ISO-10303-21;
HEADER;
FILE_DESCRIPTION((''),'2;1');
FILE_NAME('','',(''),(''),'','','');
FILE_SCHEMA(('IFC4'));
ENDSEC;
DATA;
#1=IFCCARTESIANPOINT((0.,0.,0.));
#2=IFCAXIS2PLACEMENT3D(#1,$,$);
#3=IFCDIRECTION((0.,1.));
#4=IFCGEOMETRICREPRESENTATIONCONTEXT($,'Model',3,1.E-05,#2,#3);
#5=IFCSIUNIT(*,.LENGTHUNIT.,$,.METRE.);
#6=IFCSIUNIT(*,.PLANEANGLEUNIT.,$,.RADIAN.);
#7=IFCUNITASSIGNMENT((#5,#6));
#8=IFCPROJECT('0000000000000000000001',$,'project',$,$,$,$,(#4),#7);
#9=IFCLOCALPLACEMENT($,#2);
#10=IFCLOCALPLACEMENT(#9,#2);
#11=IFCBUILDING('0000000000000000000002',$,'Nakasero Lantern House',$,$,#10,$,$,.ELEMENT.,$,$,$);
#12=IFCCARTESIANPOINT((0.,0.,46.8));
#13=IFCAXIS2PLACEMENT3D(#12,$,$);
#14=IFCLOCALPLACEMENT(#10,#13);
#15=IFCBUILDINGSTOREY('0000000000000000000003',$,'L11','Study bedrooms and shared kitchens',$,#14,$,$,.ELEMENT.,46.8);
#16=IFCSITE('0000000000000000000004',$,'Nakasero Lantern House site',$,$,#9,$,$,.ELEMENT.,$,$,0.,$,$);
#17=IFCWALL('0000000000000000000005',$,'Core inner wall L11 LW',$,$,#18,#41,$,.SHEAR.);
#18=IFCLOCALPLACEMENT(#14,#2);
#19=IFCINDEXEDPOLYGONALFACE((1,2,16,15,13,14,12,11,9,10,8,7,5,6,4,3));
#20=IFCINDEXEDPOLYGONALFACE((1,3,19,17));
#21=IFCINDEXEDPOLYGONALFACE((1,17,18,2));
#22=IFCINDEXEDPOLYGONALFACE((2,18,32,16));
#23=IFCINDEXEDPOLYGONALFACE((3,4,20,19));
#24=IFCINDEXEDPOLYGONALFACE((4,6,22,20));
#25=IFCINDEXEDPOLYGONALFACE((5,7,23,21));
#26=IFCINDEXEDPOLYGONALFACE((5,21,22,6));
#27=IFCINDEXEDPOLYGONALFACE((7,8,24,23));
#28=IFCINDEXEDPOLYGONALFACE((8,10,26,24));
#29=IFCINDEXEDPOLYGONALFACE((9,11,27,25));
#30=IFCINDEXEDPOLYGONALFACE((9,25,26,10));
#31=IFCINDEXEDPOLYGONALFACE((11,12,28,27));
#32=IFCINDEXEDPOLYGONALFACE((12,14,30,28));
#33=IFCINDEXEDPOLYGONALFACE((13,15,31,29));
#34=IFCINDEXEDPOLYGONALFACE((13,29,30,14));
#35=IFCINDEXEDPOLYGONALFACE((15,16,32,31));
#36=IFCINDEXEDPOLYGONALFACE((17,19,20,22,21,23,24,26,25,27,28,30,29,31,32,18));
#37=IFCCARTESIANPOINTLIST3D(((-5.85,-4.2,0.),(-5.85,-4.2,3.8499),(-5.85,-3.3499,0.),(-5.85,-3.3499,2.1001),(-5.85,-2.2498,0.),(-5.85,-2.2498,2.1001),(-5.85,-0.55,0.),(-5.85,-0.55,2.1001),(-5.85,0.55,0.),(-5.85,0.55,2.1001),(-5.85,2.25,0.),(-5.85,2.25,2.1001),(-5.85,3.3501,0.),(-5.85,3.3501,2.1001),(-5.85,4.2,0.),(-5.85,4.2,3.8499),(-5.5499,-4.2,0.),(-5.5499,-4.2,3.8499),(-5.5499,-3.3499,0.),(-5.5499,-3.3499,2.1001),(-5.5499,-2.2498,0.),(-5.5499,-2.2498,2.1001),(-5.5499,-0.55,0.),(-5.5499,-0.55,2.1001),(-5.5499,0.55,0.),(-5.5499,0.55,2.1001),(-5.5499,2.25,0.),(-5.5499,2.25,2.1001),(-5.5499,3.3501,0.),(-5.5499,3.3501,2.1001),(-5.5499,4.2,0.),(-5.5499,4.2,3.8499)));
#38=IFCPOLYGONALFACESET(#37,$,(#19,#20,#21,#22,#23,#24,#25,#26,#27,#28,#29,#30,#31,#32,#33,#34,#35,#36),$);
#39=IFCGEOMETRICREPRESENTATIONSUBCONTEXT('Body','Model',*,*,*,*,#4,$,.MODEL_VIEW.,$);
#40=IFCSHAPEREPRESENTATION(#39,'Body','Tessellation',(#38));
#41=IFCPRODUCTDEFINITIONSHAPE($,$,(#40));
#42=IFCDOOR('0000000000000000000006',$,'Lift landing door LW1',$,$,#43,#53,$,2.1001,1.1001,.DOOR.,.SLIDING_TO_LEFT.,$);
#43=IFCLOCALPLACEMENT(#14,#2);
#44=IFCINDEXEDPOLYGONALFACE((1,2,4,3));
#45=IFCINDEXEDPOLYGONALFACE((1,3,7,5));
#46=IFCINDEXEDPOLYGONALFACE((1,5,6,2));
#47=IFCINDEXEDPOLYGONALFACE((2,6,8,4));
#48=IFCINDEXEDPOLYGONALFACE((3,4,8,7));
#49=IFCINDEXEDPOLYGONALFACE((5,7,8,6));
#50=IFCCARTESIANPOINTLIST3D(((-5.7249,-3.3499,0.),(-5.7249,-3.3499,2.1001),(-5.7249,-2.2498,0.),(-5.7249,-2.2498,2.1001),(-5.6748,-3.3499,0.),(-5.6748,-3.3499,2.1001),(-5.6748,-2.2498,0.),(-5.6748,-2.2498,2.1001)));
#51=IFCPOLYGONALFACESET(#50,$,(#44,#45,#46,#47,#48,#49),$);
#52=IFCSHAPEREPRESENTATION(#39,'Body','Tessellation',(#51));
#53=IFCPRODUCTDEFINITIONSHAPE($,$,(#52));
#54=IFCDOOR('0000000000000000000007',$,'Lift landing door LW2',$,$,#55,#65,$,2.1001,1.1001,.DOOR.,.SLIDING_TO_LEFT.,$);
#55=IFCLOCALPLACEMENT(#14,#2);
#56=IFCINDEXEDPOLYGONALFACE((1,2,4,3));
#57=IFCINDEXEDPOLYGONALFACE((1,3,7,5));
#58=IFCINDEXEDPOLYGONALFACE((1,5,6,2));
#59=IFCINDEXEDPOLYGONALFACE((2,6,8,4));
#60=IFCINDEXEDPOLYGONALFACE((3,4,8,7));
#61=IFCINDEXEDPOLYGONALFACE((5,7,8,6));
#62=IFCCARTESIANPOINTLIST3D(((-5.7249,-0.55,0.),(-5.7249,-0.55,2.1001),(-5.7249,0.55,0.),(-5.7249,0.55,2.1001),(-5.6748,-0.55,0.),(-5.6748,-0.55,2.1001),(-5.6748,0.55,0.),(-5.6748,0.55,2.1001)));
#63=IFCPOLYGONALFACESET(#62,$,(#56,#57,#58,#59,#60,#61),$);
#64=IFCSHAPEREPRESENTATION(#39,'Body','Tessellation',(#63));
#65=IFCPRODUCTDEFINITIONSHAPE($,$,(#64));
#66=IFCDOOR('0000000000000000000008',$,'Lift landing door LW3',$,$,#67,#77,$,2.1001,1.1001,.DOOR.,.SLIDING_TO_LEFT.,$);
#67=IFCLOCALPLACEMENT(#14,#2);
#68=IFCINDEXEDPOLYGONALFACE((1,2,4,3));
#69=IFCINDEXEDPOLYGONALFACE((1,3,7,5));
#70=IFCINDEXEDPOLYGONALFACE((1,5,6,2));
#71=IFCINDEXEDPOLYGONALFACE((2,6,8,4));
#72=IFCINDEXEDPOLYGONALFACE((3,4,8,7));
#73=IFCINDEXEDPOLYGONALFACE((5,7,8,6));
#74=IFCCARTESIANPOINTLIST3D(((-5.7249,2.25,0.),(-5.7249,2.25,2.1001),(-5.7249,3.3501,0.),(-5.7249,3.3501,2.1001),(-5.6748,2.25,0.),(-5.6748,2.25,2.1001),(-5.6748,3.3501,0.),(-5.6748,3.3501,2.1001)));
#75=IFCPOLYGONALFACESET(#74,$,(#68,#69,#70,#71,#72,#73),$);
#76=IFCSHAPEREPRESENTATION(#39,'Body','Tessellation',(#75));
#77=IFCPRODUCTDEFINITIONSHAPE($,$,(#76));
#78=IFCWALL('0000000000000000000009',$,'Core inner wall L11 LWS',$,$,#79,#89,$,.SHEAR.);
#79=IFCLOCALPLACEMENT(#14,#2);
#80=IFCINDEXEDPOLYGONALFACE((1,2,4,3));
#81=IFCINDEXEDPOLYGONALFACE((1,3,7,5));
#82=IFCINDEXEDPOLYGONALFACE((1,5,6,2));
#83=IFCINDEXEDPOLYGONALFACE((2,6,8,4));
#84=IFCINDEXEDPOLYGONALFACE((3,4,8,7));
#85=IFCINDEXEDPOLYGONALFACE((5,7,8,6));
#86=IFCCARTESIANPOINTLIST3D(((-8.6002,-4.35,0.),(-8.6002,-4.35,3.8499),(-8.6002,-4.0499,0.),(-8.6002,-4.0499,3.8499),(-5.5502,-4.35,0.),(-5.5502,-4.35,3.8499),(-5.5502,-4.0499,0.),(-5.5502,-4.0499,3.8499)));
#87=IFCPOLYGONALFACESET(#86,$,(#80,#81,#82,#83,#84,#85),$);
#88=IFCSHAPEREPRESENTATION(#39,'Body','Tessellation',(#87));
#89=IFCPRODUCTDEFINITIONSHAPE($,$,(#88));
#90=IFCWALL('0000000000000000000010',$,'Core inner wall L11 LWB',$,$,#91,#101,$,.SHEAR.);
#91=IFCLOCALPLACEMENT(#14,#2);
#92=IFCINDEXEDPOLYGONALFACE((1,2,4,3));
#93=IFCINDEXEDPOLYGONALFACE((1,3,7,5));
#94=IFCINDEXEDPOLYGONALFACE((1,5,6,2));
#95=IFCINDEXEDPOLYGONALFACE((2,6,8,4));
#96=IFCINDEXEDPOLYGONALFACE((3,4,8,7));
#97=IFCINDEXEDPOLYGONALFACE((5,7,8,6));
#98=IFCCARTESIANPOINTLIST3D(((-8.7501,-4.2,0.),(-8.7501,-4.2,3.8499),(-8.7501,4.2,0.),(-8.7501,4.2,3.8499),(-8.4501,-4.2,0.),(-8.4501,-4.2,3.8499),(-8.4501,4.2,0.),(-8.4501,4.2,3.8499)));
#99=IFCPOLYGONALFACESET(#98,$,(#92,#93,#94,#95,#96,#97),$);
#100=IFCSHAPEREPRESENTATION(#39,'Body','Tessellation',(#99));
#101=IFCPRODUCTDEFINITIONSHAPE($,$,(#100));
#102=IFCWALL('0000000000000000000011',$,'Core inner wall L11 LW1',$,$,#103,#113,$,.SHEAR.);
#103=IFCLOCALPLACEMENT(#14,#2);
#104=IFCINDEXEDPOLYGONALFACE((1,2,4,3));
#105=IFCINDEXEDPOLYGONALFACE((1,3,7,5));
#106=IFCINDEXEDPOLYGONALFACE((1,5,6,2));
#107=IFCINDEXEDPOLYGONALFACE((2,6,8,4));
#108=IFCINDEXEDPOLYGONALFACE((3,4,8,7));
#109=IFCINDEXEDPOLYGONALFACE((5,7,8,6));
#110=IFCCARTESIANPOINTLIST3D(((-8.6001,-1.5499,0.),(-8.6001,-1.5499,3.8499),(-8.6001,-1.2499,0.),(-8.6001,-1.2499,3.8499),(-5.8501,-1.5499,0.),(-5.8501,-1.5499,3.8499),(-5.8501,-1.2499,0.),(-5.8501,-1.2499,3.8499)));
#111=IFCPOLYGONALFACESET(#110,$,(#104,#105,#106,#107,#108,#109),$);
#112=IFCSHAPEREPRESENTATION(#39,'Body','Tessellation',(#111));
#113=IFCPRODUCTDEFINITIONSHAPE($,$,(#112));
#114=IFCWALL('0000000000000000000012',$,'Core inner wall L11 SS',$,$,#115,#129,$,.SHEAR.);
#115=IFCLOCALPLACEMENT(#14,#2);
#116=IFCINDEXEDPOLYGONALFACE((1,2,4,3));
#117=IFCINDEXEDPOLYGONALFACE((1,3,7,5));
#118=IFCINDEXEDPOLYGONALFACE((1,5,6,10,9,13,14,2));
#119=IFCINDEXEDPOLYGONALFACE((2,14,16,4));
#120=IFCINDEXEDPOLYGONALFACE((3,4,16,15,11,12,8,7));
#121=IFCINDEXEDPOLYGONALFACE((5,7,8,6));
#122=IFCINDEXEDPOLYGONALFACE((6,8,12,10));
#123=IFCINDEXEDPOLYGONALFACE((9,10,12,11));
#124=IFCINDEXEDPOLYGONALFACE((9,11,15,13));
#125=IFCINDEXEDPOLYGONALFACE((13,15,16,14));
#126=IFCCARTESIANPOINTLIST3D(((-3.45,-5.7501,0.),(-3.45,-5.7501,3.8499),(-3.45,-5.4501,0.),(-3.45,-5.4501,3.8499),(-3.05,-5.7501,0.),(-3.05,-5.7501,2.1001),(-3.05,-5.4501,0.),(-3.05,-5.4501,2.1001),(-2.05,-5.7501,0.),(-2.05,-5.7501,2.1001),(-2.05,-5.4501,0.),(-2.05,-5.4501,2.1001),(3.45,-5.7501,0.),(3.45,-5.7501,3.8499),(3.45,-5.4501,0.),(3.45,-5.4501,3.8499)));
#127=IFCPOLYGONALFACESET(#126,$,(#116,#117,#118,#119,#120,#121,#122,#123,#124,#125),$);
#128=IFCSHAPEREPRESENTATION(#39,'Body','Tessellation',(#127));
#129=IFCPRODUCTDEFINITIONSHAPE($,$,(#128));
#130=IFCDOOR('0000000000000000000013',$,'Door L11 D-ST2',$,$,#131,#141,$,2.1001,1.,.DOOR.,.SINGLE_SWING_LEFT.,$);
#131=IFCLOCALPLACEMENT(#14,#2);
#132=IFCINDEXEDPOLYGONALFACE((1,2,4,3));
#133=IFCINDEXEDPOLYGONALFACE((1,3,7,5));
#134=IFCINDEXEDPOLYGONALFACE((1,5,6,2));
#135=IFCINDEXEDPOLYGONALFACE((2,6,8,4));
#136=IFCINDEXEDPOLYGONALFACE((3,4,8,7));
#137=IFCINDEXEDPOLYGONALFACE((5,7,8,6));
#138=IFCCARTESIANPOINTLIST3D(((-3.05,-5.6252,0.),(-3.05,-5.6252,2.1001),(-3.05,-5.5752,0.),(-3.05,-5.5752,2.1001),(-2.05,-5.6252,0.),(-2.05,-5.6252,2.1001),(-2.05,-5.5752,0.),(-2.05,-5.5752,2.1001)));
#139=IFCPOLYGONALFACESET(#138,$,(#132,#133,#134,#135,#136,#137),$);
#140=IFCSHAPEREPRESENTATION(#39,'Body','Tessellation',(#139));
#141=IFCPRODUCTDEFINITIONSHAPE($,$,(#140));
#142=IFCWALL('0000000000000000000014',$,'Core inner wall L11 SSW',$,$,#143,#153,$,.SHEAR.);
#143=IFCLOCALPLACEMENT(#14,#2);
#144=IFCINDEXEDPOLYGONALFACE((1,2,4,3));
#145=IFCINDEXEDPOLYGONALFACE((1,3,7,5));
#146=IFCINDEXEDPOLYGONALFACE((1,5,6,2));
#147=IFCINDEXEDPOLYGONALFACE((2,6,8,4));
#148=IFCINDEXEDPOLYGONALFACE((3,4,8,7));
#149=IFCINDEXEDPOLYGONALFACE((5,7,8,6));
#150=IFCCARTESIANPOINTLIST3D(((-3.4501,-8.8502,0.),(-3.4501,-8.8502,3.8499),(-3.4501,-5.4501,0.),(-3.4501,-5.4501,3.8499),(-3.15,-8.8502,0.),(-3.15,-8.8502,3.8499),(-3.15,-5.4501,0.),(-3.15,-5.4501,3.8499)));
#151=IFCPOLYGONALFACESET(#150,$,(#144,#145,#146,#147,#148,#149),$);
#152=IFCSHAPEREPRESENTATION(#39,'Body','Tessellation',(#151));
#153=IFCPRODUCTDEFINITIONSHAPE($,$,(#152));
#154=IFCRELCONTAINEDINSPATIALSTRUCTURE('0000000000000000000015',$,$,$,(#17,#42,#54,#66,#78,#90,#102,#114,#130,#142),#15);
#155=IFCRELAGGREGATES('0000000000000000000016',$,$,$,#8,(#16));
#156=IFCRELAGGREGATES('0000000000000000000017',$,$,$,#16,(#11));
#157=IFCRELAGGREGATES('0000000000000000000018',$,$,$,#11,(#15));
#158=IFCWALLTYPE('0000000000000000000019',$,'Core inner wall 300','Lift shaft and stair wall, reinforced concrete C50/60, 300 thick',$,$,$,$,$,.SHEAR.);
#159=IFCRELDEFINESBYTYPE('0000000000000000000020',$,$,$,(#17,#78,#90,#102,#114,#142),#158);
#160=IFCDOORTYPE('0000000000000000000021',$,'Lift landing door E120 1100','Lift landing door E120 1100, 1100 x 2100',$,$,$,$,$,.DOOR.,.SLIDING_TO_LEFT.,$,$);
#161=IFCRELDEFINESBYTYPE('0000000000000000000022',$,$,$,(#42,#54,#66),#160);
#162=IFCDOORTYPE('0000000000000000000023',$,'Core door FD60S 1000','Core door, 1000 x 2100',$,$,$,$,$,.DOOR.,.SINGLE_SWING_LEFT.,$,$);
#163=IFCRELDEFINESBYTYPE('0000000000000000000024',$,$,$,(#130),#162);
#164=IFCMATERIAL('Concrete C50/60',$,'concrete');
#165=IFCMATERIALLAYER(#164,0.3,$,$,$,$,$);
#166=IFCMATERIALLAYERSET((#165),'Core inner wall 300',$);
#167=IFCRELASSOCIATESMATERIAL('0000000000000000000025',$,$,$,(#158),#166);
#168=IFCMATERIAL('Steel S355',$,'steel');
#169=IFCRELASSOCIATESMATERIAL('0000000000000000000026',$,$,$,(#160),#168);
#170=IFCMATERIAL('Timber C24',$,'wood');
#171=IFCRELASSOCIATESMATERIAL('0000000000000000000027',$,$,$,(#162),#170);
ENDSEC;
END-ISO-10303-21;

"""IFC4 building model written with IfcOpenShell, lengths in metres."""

from ifc_helpers import new_model, si_unit, direction, frame, frame_2d, origin, place, context, subcontext, project, spatial, rectangle, extrude, material, layer, layer_set, type_object, element, fill, save


model = new_model("IFC4")

# Units and contexts
model_context = context("Model", 3, precision=1e-05, world=origin(), true_north=direction((0.0, 1.0)))
body_context = subcontext(model_context, "Body", "Model", "MODEL_VIEW")
ifc_project = project(units=[si_unit("LENGTHUNIT", "METRE"), si_unit("PLANEANGLEUNIT", "RADIAN")], contexts=[model_context])

# Site, building, storey
site_placement = place(None, origin())
site = spatial("IfcSite", under=ifc_project, at=site_placement, Name="Nakasero Lantern House site", CompositionType="ELEMENT", RefElevation=0.0)
building_placement = place(site_placement, origin())
building = spatial("IfcBuilding", under=site, at=building_placement, Name="Nakasero Lantern House", CompositionType="ELEMENT")
storey_placement = place(building_placement, frame((0.0, 0.0, 46.8)))
storey = spatial("IfcBuildingStorey", under=building, at=storey_placement, Name="L11", Description="Study bedrooms and shared kitchens", CompositionType="ELEMENT", Elevation=46.8)

# Wall, openings, doors
ifc_material_1 = material(Name="Concrete C50/60", Category="concrete")
ifc_layer_1 = layer(ifc_material_1, 0.3)
ifc_layer_set_1 = layer_set([ifc_layer_1], Name="Core inner wall 300")
wall_type_1 = type_object("IfcWallType", Name="Core inner wall 300", Description="Lift shaft and stair wall, reinforced concrete C50/60, 300 thick", PredefinedType="SHEAR", material=ifc_layer_set_1)
wall_1_placement = place(storey_placement, frame((-5.7, -4.2, 0.0), z_axis=(0.0, 0.0, 1.0), x_axis=(0.0, 1.0, 0.0)))
wall_1 = element("IfcWall", 1, at=wall_1_placement, inside=storey, type_object=wall_type_1, Name="Core inner wall L11 LW", PredefinedType="SHEAR", context=body_context, shape_type="SweptSolid", body=[
    extrude(rectangle(XDim=8.3999, YDim=0.3, at=frame_2d((4.2, 0.0))), origin(), (0.0, 0.0, 1.0), 3.8499),
])
opening_1_placement = place(wall_1_placement, frame((0.8501, 0.0, 0.0)))
opening_1 = element("IfcOpeningElement", 2, at=opening_1_placement, cuts=wall_1, PredefinedType="OPENING", context=body_context, shape_type="SweptSolid", body=[
    extrude(rectangle(XDim=1.1001, YDim=2.1001, at=frame_2d((0.55, 1.05))), frame((0.0, 0.1699, 0.0), z_axis=(0.0, -1.0, 0.0), x_axis=(1.0, 0.0, 0.0)), (0.0, 0.0, 1.0), 0.3401),
])
opening_2_placement = place(wall_1_placement, frame((3.6499, 0.0, 0.0)))
opening_2 = element("IfcOpeningElement", 3, at=opening_2_placement, cuts=wall_1, PredefinedType="OPENING", context=body_context, shape_type="SweptSolid", body=[
    extrude(rectangle(XDim=1.1001, YDim=2.1001, at=frame_2d((0.55, 1.05))), frame((0.0, 0.1699, 0.0), z_axis=(0.0, -1.0, 0.0), x_axis=(1.0, 0.0, 0.0)), (0.0, 0.0, 1.0), 0.3401),
])
opening_3_placement = place(wall_1_placement, frame((6.45, 0.0, 0.0)))
opening_3 = element("IfcOpeningElement", 4, at=opening_3_placement, cuts=wall_1, PredefinedType="OPENING", context=body_context, shape_type="SweptSolid", body=[
    extrude(rectangle(XDim=1.1001, YDim=2.1001, at=frame_2d((0.55, 1.05))), frame((0.0, 0.1699, 0.0), z_axis=(0.0, -1.0, 0.0), x_axis=(1.0, 0.0, 0.0)), (0.0, 0.0, 1.0), 0.3401),
])
ifc_material_2 = material(Name="Steel S355", Category="steel")
door_type_1 = type_object("IfcDoorType", Name="Lift landing door E120 1100", Description="Lift landing door E120 1100, 1100 x 2100", OperationType="SLIDING_TO_LEFT", PredefinedType="DOOR", material=ifc_material_2)
door_1_placement = place(opening_1_placement, origin())
door_1 = element("IfcDoor", 5, at=door_1_placement, inside=storey, type_object=door_type_1, Name="Lift landing door LW1", OperationType="SLIDING_TO_LEFT", OverallHeight=2.1001, OverallWidth=1.1001, PredefinedType="DOOR", context=body_context, shape_type="SweptSolid", body=[
    extrude(rectangle(XDim=1.1001, YDim=2.1001, at=frame_2d((0.55, 1.05))), frame((0.0, 0.0249, 0.0), z_axis=(0.0, -1.0, 0.0), x_axis=(1.0, 0.0, 0.0)), (0.0, 0.0, 1.0), 0.05),
])
fill(opening_1, door_1)
door_2_placement = place(opening_2_placement, origin())
door_2 = element("IfcDoor", 6, at=door_2_placement, inside=storey, type_object=door_type_1, Name="Lift landing door LW2", OperationType="SLIDING_TO_LEFT", OverallHeight=2.1001, OverallWidth=1.1001, PredefinedType="DOOR", context=body_context, shape_type="SweptSolid", body=[
    extrude(rectangle(XDim=1.1001, YDim=2.1001, at=frame_2d((0.55, 1.05))), frame((0.0, 0.0249, 0.0), z_axis=(0.0, -1.0, 0.0), x_axis=(1.0, 0.0, 0.0)), (0.0, 0.0, 1.0), 0.05),
])
fill(opening_2, door_2)
door_3_placement = place(opening_3_placement, origin())
door_3 = element("IfcDoor", 7, at=door_3_placement, inside=storey, type_object=door_type_1, Name="Lift landing door LW3", OperationType="SLIDING_TO_LEFT", OverallHeight=2.1001, OverallWidth=1.1001, PredefinedType="DOOR", context=body_context, shape_type="SweptSolid", body=[
    extrude(rectangle(XDim=1.1001, YDim=2.1001, at=frame_2d((0.55, 1.05))), frame((0.0, 0.0249, 0.0), z_axis=(0.0, -1.0, 0.0), x_axis=(1.0, 0.0, 0.0)), (0.0, 0.0, 1.0), 0.05),
])
fill(opening_3, door_3)

# Walls
wall_2_placement = place(storey_placement, frame((-8.6001, -4.2, 0.0), z_axis=(0.0, 0.0, 1.0), x_axis=(1.0, 0.0, 0.0)))
element("IfcWall", 8, at=wall_2_placement, inside=storey, type_object=wall_type_1, Name="Core inner wall L11 LWS", PredefinedType="SHEAR", context=body_context, shape_type="SweptSolid", body=[
    extrude(rectangle(XDim=3.05, YDim=0.3, at=frame_2d((1.5249, 0.0))), origin(), (0.0, 0.0, 1.0), 3.8499),
])
wall_3_placement = place(storey_placement, frame((-8.6001, -4.2, 0.0), z_axis=(0.0, 0.0, 1.0), x_axis=(0.0, 1.0, 0.0)))
element("IfcWall", 9, at=wall_3_placement, inside=storey, type_object=wall_type_1, Name="Core inner wall L11 LWB", PredefinedType="SHEAR", context=body_context, shape_type="SweptSolid", body=[
    extrude(rectangle(XDim=8.3999, YDim=0.3, at=frame_2d((4.2, 0.0))), origin(), (0.0, 0.0, 1.0), 3.8499),
])
wall_4_placement = place(storey_placement, frame((-8.6001, -1.3999, 0.0), z_axis=(0.0, 0.0, 1.0), x_axis=(1.0, 0.0, 0.0)))
element("IfcWall", 10, at=wall_4_placement, inside=storey, type_object=wall_type_1, Name="Core inner wall L11 LW1", PredefinedType="SHEAR", context=body_context, shape_type="SweptSolid", body=[
    extrude(rectangle(XDim=2.75, YDim=0.3, at=frame_2d((1.375, 0.0))), origin(), (0.0, 0.0, 1.0), 3.8499),
])

# Wall, opening, door
wall_5_placement = place(storey_placement, frame((-3.45, -5.6001, 0.0), z_axis=(0.0, 0.0, 1.0), x_axis=(1.0, 0.0, 0.0)))
wall_5 = element("IfcWall", 11, at=wall_5_placement, inside=storey, type_object=wall_type_1, Name="Core inner wall L11 SS", PredefinedType="SHEAR", context=body_context, shape_type="SweptSolid", body=[
    extrude(rectangle(XDim=6.8999, YDim=0.3, at=frame_2d((3.45, 0.0))), origin(), (0.0, 0.0, 1.0), 3.8499),
])
opening_4_placement = place(wall_5_placement, frame((0.3999, 0.0, 0.0)))
opening_4 = element("IfcOpeningElement", 12, at=opening_4_placement, cuts=wall_5, PredefinedType="OPENING", context=body_context, shape_type="SweptSolid", body=[
    extrude(rectangle(XDim=1.0, YDim=2.1001, at=frame_2d((0.5, 1.05))), frame((0.0, 0.1699, 0.0), z_axis=(0.0, -1.0, 0.0), x_axis=(1.0, 0.0, 0.0)), (0.0, 0.0, 1.0), 0.3401),
])
ifc_material_3 = material(Name="Timber C24", Category="wood")
door_type_2 = type_object("IfcDoorType", Name="Core door FD60S 1000", Description="Core door, 1000 x 2100", OperationType="SINGLE_SWING_LEFT", PredefinedType="DOOR", material=ifc_material_3)
door_4_placement = place(opening_4_placement, origin())
door_4 = element("IfcDoor", 13, at=door_4_placement, inside=storey, type_object=door_type_2, Name="Door L11 D-ST2", OperationType="SINGLE_SWING_LEFT", OverallHeight=2.1001, OverallWidth=1.0, PredefinedType="DOOR", context=body_context, shape_type="SweptSolid", body=[
    extrude(rectangle(XDim=1.0, YDim=2.1001, at=frame_2d((0.5, 1.05))), frame((0.0, 0.0249, 0.0), z_axis=(0.0, -1.0, 0.0), x_axis=(1.0, 0.0, 0.0)), (0.0, 0.0, 1.0), 0.05),
])
fill(opening_4, door_4)

# Wall
wall_6_placement = place(storey_placement, frame((-3.3, -5.45, 0.0), z_axis=(0.0, 0.0, 1.0), x_axis=(0.0, -1.0, 0.0)))
element("IfcWall", 14, at=wall_6_placement, inside=storey, type_object=wall_type_1, Name="Core inner wall L11 SSW", PredefinedType="SHEAR", context=body_context, shape_type="SweptSolid", body=[
    extrude(rectangle(XDim=3.4001, YDim=0.3, at=frame_2d((1.7002, 0.0))), origin(), (0.0, 0.0, 1.0), 3.8499),
])

save(model, "model.ifc")
